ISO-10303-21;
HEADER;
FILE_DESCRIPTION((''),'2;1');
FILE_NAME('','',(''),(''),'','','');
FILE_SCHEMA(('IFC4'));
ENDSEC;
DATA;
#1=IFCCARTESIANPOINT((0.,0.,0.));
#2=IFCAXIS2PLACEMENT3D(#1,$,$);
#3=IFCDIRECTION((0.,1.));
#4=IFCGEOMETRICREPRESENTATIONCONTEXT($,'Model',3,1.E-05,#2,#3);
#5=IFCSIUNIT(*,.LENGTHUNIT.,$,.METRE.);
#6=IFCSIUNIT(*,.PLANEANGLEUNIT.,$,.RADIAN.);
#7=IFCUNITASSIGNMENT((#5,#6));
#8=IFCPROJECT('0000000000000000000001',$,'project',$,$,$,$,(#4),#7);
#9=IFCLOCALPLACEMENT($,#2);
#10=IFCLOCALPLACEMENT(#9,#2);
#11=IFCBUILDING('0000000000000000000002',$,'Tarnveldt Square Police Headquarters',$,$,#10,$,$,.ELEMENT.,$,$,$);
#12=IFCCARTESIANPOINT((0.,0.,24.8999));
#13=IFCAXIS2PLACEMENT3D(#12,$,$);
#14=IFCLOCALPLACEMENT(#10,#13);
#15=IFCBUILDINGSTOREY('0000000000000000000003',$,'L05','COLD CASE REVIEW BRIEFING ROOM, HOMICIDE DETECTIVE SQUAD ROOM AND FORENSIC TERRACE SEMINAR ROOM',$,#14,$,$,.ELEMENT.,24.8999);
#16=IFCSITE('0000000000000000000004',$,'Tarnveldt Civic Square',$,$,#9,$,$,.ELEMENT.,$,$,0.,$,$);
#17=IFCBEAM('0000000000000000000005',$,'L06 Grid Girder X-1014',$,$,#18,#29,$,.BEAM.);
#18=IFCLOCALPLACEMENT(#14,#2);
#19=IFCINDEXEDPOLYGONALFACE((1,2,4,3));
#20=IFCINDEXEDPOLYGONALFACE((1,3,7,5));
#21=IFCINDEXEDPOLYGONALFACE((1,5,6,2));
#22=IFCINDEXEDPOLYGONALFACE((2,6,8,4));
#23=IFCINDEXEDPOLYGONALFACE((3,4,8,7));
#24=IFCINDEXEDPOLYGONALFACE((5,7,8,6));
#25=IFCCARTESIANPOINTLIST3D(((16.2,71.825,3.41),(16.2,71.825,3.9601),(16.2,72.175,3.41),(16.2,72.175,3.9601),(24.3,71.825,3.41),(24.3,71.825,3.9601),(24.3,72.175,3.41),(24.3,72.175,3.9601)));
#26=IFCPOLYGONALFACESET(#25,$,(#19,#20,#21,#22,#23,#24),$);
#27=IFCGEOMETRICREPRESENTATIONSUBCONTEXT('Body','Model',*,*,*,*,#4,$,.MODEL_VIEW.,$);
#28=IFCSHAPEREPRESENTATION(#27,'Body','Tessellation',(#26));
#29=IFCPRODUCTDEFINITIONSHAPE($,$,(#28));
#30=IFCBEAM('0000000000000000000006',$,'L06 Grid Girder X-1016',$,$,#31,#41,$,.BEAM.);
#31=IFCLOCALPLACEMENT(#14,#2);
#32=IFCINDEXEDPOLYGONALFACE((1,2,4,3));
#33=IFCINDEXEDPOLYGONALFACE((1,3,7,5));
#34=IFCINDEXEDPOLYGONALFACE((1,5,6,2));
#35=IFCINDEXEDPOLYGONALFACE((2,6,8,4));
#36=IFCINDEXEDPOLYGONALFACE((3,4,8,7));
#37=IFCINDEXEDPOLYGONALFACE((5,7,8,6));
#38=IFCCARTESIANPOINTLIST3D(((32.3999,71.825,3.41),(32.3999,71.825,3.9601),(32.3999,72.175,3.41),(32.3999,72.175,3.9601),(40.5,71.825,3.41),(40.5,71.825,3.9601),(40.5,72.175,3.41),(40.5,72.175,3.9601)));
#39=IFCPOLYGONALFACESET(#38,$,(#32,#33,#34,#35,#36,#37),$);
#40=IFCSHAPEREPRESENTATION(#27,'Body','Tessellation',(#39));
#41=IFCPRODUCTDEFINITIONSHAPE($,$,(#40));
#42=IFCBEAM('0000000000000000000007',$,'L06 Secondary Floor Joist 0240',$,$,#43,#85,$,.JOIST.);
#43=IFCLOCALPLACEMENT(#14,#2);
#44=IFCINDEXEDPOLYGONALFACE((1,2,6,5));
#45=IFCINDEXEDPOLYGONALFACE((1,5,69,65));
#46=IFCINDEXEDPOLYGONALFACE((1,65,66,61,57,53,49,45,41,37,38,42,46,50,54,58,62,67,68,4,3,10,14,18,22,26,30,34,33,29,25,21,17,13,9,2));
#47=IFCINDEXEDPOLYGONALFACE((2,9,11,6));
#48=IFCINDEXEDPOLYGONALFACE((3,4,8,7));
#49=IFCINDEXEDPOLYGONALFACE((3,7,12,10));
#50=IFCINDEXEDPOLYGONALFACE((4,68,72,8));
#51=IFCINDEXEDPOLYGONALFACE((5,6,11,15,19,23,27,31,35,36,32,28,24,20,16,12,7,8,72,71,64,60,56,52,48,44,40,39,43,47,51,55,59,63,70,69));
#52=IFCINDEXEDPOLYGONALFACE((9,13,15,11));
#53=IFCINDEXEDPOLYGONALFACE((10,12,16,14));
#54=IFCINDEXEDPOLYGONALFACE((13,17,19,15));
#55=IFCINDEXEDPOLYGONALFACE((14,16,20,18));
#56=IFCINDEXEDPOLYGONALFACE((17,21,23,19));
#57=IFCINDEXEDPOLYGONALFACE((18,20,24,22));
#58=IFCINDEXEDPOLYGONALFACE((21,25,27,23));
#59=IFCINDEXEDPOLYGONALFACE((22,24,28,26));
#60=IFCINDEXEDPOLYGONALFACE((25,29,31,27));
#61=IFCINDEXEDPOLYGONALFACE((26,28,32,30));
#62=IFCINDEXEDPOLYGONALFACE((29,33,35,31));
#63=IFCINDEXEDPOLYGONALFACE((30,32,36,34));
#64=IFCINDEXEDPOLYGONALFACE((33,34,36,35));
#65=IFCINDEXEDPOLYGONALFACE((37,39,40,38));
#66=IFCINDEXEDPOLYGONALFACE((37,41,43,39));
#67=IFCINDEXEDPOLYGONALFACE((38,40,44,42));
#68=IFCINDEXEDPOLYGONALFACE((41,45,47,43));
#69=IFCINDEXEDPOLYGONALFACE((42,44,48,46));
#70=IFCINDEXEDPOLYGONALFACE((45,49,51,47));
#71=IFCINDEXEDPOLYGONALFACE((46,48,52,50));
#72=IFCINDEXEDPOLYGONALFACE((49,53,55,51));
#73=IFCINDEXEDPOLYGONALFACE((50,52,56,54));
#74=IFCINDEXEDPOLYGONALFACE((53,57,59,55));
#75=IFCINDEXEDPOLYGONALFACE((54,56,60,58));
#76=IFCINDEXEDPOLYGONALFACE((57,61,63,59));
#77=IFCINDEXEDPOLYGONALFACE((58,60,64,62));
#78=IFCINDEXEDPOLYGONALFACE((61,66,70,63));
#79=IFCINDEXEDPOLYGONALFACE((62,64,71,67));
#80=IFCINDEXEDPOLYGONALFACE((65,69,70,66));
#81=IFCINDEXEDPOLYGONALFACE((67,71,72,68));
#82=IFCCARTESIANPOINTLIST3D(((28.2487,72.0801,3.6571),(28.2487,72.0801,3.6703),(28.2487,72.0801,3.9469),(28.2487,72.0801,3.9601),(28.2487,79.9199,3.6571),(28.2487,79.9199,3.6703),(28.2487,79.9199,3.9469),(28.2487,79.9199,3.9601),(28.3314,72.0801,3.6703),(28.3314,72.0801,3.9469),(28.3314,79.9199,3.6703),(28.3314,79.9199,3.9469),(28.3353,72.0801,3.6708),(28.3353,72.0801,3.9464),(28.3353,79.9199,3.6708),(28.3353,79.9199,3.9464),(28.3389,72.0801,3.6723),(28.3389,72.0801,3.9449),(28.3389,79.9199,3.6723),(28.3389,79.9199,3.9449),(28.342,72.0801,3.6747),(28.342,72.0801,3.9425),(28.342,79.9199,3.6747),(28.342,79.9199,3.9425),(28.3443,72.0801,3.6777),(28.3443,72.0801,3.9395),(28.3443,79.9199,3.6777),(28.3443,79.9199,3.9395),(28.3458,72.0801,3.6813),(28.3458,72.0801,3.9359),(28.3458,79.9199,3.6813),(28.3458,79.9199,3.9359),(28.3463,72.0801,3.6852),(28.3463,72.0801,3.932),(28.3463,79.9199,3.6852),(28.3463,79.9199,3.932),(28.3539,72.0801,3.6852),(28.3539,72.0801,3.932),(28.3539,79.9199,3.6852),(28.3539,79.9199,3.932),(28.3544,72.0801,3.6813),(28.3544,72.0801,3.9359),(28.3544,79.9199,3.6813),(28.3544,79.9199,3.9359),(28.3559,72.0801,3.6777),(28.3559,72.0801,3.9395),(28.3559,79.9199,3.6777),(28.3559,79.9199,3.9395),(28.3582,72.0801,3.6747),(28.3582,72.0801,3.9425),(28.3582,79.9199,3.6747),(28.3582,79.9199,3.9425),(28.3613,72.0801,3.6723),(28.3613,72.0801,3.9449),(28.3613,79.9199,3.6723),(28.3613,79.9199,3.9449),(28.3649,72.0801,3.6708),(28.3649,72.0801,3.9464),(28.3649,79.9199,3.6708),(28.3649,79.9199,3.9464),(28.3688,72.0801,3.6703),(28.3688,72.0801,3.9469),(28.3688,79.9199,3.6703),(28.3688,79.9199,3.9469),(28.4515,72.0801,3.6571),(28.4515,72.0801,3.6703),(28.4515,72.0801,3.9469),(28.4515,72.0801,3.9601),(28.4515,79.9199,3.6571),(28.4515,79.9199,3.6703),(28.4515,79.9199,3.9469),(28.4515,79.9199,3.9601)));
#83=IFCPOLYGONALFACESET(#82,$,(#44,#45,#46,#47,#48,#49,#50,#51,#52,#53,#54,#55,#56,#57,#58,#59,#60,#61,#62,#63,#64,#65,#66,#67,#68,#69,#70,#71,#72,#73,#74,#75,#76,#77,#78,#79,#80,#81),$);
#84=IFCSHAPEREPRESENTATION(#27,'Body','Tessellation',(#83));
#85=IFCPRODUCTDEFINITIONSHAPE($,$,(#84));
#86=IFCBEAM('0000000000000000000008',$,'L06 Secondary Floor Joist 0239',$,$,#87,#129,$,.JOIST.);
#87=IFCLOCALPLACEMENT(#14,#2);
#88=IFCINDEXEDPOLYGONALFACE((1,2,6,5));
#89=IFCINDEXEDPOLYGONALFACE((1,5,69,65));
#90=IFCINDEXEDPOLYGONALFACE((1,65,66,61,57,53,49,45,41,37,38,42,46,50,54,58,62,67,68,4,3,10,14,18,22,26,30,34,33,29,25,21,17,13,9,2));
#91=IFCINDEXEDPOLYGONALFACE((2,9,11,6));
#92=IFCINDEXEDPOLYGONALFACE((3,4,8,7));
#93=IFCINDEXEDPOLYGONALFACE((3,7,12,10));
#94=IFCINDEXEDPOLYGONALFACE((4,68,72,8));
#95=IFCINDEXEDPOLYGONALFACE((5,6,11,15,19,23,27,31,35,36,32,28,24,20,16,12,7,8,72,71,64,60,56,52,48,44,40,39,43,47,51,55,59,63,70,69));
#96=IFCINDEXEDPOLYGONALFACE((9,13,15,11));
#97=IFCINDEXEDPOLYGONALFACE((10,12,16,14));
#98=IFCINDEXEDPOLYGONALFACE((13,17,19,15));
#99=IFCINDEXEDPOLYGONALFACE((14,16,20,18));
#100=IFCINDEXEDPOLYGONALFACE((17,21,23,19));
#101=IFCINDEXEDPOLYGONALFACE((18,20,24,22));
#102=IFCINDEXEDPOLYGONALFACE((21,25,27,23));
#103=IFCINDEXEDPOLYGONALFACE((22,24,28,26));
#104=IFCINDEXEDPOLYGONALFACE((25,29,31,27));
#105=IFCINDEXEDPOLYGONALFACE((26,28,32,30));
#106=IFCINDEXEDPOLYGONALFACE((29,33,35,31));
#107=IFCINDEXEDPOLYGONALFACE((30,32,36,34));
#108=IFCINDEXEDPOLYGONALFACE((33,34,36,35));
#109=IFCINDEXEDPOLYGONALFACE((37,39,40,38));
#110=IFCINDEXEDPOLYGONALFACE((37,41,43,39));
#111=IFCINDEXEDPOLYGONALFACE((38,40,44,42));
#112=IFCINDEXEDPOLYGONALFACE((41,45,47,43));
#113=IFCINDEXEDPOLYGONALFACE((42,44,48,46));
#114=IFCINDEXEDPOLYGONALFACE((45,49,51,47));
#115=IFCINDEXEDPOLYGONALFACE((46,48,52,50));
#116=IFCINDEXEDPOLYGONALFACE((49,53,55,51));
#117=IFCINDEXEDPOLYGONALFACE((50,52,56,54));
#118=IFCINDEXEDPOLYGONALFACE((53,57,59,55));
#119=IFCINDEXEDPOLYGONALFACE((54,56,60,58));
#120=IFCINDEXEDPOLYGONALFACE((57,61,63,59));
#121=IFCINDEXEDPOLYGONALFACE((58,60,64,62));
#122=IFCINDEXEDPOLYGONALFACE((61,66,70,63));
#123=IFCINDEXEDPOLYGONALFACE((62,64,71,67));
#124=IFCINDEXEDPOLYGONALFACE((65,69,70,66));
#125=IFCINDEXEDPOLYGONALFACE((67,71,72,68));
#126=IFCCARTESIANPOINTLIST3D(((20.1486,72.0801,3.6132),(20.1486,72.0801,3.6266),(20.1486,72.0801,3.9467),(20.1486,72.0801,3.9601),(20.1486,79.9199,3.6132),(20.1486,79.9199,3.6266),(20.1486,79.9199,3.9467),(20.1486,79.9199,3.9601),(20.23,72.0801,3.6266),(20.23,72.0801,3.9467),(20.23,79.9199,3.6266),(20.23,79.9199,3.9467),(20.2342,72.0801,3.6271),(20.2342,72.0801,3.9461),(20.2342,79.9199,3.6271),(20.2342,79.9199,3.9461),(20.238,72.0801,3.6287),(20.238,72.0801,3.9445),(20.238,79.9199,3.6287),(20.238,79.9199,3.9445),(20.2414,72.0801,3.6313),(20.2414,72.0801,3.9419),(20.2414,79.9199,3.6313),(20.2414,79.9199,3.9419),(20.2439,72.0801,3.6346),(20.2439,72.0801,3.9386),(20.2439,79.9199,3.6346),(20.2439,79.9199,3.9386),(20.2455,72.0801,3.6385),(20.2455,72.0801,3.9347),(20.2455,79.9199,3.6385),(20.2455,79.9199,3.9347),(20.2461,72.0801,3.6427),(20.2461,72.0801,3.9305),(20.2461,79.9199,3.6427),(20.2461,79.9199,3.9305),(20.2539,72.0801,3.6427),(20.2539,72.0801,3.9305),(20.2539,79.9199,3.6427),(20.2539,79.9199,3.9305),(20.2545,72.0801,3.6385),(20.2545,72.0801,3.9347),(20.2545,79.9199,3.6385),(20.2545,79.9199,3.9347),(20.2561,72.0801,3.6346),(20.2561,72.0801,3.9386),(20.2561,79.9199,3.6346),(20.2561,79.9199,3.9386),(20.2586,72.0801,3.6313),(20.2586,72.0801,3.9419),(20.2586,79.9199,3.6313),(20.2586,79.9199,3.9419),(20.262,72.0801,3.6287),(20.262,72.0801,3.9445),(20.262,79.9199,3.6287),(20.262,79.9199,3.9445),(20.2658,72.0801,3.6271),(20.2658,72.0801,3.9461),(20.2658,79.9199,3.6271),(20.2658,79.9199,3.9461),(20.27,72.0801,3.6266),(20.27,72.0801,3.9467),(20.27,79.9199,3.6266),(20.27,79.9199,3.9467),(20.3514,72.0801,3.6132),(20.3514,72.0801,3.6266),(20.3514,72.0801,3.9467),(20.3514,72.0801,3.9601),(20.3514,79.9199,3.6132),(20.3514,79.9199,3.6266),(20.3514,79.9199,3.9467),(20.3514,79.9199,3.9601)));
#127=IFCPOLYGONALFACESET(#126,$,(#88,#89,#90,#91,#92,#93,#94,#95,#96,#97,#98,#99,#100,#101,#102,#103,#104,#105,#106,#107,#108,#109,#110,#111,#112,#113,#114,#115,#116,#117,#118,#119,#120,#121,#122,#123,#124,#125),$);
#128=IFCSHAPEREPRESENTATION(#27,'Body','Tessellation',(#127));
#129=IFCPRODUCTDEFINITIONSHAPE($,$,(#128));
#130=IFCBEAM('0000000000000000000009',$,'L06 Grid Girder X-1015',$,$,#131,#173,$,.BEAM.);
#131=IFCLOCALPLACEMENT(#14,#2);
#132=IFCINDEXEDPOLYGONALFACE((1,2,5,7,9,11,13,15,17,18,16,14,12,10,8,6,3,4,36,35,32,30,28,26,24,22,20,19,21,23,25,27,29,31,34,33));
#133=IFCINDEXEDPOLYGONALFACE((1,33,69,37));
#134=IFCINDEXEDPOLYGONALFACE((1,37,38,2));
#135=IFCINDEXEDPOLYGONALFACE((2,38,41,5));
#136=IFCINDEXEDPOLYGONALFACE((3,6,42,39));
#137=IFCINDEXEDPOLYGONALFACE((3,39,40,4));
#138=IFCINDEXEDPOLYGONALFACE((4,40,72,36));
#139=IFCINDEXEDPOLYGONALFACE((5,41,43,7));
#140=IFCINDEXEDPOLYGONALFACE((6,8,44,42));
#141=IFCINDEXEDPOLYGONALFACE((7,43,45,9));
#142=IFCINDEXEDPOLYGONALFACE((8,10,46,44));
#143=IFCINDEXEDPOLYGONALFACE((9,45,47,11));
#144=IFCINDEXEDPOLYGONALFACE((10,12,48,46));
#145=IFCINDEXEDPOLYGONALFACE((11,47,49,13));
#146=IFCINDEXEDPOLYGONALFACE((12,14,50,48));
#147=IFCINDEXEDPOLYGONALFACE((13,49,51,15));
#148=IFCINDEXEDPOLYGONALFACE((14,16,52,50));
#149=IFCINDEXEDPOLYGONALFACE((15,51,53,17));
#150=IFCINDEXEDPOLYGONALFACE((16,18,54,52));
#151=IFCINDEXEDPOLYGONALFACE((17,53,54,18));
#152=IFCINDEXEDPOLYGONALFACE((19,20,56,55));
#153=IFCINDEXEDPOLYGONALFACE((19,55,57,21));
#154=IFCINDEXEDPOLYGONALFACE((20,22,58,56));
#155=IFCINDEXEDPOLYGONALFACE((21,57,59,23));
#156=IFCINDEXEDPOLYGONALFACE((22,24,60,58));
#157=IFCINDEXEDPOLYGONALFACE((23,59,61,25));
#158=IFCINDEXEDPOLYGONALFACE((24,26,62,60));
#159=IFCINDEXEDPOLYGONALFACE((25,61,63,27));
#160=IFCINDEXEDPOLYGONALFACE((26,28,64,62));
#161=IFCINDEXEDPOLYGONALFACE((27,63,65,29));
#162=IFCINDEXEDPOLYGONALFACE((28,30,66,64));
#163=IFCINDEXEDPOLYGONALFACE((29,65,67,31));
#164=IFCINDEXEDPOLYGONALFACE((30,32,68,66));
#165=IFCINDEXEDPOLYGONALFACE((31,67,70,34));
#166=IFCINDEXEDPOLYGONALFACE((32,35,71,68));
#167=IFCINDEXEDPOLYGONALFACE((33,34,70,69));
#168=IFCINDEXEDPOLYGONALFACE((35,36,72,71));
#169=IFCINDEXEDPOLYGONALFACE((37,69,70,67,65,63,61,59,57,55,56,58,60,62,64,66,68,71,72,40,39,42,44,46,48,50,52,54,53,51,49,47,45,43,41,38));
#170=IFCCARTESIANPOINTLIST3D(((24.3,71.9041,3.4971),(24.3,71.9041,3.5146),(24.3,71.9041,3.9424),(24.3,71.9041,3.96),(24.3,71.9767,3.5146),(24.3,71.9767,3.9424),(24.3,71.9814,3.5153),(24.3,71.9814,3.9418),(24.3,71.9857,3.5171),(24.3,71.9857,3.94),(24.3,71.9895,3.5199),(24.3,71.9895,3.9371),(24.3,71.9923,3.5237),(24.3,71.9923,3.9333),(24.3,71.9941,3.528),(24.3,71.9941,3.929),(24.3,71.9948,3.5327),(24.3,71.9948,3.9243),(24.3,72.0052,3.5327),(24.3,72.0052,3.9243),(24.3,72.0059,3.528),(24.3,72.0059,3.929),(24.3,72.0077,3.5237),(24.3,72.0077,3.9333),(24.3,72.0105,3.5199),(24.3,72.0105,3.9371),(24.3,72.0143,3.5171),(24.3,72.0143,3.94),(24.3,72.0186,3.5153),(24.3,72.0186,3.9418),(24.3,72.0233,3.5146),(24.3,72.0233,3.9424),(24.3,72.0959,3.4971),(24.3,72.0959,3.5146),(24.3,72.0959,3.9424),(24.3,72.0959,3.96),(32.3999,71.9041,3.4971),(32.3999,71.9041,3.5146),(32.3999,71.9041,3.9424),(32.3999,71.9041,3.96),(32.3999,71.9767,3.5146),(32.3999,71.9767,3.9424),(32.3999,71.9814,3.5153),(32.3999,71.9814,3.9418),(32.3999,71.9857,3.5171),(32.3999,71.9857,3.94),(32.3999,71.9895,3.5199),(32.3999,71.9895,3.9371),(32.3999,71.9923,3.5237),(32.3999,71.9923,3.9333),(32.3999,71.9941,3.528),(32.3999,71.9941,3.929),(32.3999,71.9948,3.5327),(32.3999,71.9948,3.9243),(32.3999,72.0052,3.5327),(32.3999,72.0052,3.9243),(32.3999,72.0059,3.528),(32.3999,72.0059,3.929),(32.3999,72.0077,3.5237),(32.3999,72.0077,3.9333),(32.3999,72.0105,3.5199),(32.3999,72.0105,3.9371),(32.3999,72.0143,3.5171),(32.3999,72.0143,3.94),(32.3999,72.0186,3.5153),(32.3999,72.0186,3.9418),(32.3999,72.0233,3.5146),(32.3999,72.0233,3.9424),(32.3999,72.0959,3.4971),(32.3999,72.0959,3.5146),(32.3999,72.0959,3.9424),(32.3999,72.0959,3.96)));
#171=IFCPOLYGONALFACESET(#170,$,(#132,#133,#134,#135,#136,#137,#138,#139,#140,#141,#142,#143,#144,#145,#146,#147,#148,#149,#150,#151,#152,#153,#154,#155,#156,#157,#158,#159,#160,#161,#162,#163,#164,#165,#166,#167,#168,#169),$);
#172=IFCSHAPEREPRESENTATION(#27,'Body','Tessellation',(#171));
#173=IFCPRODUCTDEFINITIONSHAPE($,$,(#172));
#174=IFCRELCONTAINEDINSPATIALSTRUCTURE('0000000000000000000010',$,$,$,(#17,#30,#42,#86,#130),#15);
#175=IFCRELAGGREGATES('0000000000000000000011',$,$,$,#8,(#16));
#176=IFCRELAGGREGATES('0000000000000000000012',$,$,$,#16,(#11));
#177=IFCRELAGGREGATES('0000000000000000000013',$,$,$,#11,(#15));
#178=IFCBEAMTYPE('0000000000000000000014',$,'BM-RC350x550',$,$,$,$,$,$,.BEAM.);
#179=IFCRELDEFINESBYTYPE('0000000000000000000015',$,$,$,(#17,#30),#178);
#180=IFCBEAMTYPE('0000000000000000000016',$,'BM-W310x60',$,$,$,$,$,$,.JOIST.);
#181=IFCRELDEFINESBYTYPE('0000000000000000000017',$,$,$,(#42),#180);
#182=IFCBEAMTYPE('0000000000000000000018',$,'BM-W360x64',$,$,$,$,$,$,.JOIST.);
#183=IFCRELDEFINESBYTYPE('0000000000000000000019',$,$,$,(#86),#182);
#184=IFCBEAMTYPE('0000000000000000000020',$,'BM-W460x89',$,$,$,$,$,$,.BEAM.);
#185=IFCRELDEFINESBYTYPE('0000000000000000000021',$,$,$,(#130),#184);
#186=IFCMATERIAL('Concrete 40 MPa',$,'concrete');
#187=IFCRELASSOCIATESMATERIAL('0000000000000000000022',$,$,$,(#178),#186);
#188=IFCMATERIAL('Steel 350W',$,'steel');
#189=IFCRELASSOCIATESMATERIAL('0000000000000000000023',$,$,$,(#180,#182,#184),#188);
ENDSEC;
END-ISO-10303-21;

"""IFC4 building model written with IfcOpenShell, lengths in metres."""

from ifc_helpers import new_model, si_unit, direction, frame, origin, origin_2d, place, context, subcontext, project, spatial, rectangle, i_section, extrude, material, material_profile, profile_set, type_object, element, save


model = new_model("IFC4")

# Units and contexts
model_context = context("Model", 3, precision=1e-05, world=origin(), true_north=direction((0.0, 1.0)))
body_context = subcontext(model_context, "Body", "Model", "MODEL_VIEW")
ifc_project = project(units=[si_unit("LENGTHUNIT", "METRE"), si_unit("PLANEANGLEUNIT", "RADIAN")], contexts=[model_context])

# Site, building, storey
site_placement = place(None, origin())
site = spatial("IfcSite", under=ifc_project, at=site_placement, Name="Tarnveldt Civic Square", CompositionType="ELEMENT", RefElevation=0.0)
building_placement = place(site_placement, origin())
building = spatial("IfcBuilding", under=site, at=building_placement, Name="Tarnveldt Square Police Headquarters", CompositionType="ELEMENT")
storey_placement = place(building_placement, frame((0.0, 0.0, 24.8999)))
storey = spatial("IfcBuildingStorey", under=building, at=storey_placement, Name="L05", Description="COLD CASE REVIEW BRIEFING ROOM, HOMICIDE DETECTIVE SQUAD ROOM AND FORENSIC TERRACE SEMINAR ROOM", CompositionType="ELEMENT", Elevation=24.8999)

# Shared definitions
ifc_material_1 = material(Name="Steel 350W", Category="steel")

# Beams
ifc_material_2 = material(Name="Concrete 40 MPa", Category="concrete")
ifc_material_profile_1 = material_profile(ifc_material_2, rectangle(XDim=0.3501, YDim=0.55, at=origin_2d()), Name="RC-B350x550")
ifc_profile_set_1 = profile_set([ifc_material_profile_1], Name="Concrete 40 MPa")
beam_type_1 = type_object("IfcBeamType", Name="BM-RC350x550", PredefinedType="BEAM", material=ifc_profile_set_1)
for number, where, z_axis, x_axis, name in (
    (1, (16.2, 72.0, 3.6851), (1.0, 0.0, 0.0), (0.0, 1.0, 0.0), "L06 Grid Girder X-1014"),
    (2, (32.3999, 72.0, 3.6851), (1.0, 0.0, 0.0), (0.0, 1.0, 0.0), "L06 Grid Girder X-1016"),
):
    element("IfcBeam", number, at=place(storey_placement, frame(where, z_axis=z_axis, x_axis=x_axis)), inside=storey, type_object=beam_type_1, Name=name, PredefinedType="BEAM", context=body_context, shape_type="SweptSolid", body=[
        extrude(rectangle(XDim=0.3501, YDim=0.55, at=origin_2d()), origin(), (0.0, 0.0, 1.0), 8.1001),
    ])
ifc_material_profile_2 = material_profile(ifc_material_1, i_section(OverallWidth=0.2029, OverallDepth=0.303, WebThickness=0.0076, FlangeThickness=0.0132, FilletRadius=0.0149, at=origin_2d()), Name="W310x60")
ifc_profile_set_2 = profile_set([ifc_material_profile_2], Name="Steel 350W")
beam_type_2 = type_object("IfcBeamType", Name="BM-W310x60", PredefinedType="JOIST", material=ifc_profile_set_2)
beam_1_placement = place(storey_placement, frame((28.3501, 72.0801, 3.8086), z_axis=(0.0, 1.0, 0.0), x_axis=(-1.0, 0.0, 0.0)))
element("IfcBeam", 3, at=beam_1_placement, inside=storey, type_object=beam_type_2, Name="L06 Secondary Floor Joist 0240", PredefinedType="JOIST", context=body_context, shape_type="SweptSolid", body=[
    extrude(i_section(OverallWidth=0.2029, OverallDepth=0.303, WebThickness=0.0076, FlangeThickness=0.0132, FilletRadius=0.0149, at=origin_2d()), origin(), (0.0, 0.0, 1.0), 7.8398),
])
ifc_material_profile_3 = material_profile(ifc_material_1, i_section(OverallWidth=0.2029, OverallDepth=0.3469, WebThickness=0.0078, FlangeThickness=0.0134, FilletRadius=0.0161, at=origin_2d()), Name="W360x64")
ifc_profile_set_3 = profile_set([ifc_material_profile_3], Name="Steel 350W")
beam_type_3 = type_object("IfcBeamType", Name="BM-W360x64", PredefinedType="JOIST", material=ifc_profile_set_3)
beam_2_placement = place(storey_placement, frame((20.25, 72.0801, 3.7866), z_axis=(0.0, 1.0, 0.0), x_axis=(-1.0, 0.0, 0.0)))
element("IfcBeam", 4, at=beam_2_placement, inside=storey, type_object=beam_type_3, Name="L06 Secondary Floor Joist 0239", PredefinedType="JOIST", context=body_context, shape_type="SweptSolid", body=[
    extrude(i_section(OverallWidth=0.2029, OverallDepth=0.3469, WebThickness=0.0078, FlangeThickness=0.0134, FilletRadius=0.0161, at=origin_2d()), origin(), (0.0, 0.0, 1.0), 7.8398),
])
ifc_material_profile_4 = material_profile(ifc_material_1, i_section(OverallWidth=0.1919, OverallDepth=0.4629, WebThickness=0.0105, FlangeThickness=0.0176, FilletRadius=0.0181, at=origin_2d()), Name="W460x89")
ifc_profile_set_4 = profile_set([ifc_material_profile_4], Name="Steel 350W")
beam_type_4 = type_object("IfcBeamType", Name="BM-W460x89", PredefinedType="BEAM", material=ifc_profile_set_4)
beam_3_placement = place(storey_placement, frame((24.3, 72.0, 3.7285), z_axis=(1.0, 0.0, 0.0), x_axis=(0.0, 1.0, 0.0)))
element("IfcBeam", 5, at=beam_3_placement, inside=storey, type_object=beam_type_4, Name="L06 Grid Girder X-1015", PredefinedType="BEAM", context=body_context, shape_type="SweptSolid", body=[
    extrude(i_section(OverallWidth=0.1919, OverallDepth=0.4629, WebThickness=0.0105, FlangeThickness=0.0176, FilletRadius=0.0181, at=origin_2d()), origin(), (0.0, 0.0, 1.0), 8.0999),
])

save(model, "model.ifc")
